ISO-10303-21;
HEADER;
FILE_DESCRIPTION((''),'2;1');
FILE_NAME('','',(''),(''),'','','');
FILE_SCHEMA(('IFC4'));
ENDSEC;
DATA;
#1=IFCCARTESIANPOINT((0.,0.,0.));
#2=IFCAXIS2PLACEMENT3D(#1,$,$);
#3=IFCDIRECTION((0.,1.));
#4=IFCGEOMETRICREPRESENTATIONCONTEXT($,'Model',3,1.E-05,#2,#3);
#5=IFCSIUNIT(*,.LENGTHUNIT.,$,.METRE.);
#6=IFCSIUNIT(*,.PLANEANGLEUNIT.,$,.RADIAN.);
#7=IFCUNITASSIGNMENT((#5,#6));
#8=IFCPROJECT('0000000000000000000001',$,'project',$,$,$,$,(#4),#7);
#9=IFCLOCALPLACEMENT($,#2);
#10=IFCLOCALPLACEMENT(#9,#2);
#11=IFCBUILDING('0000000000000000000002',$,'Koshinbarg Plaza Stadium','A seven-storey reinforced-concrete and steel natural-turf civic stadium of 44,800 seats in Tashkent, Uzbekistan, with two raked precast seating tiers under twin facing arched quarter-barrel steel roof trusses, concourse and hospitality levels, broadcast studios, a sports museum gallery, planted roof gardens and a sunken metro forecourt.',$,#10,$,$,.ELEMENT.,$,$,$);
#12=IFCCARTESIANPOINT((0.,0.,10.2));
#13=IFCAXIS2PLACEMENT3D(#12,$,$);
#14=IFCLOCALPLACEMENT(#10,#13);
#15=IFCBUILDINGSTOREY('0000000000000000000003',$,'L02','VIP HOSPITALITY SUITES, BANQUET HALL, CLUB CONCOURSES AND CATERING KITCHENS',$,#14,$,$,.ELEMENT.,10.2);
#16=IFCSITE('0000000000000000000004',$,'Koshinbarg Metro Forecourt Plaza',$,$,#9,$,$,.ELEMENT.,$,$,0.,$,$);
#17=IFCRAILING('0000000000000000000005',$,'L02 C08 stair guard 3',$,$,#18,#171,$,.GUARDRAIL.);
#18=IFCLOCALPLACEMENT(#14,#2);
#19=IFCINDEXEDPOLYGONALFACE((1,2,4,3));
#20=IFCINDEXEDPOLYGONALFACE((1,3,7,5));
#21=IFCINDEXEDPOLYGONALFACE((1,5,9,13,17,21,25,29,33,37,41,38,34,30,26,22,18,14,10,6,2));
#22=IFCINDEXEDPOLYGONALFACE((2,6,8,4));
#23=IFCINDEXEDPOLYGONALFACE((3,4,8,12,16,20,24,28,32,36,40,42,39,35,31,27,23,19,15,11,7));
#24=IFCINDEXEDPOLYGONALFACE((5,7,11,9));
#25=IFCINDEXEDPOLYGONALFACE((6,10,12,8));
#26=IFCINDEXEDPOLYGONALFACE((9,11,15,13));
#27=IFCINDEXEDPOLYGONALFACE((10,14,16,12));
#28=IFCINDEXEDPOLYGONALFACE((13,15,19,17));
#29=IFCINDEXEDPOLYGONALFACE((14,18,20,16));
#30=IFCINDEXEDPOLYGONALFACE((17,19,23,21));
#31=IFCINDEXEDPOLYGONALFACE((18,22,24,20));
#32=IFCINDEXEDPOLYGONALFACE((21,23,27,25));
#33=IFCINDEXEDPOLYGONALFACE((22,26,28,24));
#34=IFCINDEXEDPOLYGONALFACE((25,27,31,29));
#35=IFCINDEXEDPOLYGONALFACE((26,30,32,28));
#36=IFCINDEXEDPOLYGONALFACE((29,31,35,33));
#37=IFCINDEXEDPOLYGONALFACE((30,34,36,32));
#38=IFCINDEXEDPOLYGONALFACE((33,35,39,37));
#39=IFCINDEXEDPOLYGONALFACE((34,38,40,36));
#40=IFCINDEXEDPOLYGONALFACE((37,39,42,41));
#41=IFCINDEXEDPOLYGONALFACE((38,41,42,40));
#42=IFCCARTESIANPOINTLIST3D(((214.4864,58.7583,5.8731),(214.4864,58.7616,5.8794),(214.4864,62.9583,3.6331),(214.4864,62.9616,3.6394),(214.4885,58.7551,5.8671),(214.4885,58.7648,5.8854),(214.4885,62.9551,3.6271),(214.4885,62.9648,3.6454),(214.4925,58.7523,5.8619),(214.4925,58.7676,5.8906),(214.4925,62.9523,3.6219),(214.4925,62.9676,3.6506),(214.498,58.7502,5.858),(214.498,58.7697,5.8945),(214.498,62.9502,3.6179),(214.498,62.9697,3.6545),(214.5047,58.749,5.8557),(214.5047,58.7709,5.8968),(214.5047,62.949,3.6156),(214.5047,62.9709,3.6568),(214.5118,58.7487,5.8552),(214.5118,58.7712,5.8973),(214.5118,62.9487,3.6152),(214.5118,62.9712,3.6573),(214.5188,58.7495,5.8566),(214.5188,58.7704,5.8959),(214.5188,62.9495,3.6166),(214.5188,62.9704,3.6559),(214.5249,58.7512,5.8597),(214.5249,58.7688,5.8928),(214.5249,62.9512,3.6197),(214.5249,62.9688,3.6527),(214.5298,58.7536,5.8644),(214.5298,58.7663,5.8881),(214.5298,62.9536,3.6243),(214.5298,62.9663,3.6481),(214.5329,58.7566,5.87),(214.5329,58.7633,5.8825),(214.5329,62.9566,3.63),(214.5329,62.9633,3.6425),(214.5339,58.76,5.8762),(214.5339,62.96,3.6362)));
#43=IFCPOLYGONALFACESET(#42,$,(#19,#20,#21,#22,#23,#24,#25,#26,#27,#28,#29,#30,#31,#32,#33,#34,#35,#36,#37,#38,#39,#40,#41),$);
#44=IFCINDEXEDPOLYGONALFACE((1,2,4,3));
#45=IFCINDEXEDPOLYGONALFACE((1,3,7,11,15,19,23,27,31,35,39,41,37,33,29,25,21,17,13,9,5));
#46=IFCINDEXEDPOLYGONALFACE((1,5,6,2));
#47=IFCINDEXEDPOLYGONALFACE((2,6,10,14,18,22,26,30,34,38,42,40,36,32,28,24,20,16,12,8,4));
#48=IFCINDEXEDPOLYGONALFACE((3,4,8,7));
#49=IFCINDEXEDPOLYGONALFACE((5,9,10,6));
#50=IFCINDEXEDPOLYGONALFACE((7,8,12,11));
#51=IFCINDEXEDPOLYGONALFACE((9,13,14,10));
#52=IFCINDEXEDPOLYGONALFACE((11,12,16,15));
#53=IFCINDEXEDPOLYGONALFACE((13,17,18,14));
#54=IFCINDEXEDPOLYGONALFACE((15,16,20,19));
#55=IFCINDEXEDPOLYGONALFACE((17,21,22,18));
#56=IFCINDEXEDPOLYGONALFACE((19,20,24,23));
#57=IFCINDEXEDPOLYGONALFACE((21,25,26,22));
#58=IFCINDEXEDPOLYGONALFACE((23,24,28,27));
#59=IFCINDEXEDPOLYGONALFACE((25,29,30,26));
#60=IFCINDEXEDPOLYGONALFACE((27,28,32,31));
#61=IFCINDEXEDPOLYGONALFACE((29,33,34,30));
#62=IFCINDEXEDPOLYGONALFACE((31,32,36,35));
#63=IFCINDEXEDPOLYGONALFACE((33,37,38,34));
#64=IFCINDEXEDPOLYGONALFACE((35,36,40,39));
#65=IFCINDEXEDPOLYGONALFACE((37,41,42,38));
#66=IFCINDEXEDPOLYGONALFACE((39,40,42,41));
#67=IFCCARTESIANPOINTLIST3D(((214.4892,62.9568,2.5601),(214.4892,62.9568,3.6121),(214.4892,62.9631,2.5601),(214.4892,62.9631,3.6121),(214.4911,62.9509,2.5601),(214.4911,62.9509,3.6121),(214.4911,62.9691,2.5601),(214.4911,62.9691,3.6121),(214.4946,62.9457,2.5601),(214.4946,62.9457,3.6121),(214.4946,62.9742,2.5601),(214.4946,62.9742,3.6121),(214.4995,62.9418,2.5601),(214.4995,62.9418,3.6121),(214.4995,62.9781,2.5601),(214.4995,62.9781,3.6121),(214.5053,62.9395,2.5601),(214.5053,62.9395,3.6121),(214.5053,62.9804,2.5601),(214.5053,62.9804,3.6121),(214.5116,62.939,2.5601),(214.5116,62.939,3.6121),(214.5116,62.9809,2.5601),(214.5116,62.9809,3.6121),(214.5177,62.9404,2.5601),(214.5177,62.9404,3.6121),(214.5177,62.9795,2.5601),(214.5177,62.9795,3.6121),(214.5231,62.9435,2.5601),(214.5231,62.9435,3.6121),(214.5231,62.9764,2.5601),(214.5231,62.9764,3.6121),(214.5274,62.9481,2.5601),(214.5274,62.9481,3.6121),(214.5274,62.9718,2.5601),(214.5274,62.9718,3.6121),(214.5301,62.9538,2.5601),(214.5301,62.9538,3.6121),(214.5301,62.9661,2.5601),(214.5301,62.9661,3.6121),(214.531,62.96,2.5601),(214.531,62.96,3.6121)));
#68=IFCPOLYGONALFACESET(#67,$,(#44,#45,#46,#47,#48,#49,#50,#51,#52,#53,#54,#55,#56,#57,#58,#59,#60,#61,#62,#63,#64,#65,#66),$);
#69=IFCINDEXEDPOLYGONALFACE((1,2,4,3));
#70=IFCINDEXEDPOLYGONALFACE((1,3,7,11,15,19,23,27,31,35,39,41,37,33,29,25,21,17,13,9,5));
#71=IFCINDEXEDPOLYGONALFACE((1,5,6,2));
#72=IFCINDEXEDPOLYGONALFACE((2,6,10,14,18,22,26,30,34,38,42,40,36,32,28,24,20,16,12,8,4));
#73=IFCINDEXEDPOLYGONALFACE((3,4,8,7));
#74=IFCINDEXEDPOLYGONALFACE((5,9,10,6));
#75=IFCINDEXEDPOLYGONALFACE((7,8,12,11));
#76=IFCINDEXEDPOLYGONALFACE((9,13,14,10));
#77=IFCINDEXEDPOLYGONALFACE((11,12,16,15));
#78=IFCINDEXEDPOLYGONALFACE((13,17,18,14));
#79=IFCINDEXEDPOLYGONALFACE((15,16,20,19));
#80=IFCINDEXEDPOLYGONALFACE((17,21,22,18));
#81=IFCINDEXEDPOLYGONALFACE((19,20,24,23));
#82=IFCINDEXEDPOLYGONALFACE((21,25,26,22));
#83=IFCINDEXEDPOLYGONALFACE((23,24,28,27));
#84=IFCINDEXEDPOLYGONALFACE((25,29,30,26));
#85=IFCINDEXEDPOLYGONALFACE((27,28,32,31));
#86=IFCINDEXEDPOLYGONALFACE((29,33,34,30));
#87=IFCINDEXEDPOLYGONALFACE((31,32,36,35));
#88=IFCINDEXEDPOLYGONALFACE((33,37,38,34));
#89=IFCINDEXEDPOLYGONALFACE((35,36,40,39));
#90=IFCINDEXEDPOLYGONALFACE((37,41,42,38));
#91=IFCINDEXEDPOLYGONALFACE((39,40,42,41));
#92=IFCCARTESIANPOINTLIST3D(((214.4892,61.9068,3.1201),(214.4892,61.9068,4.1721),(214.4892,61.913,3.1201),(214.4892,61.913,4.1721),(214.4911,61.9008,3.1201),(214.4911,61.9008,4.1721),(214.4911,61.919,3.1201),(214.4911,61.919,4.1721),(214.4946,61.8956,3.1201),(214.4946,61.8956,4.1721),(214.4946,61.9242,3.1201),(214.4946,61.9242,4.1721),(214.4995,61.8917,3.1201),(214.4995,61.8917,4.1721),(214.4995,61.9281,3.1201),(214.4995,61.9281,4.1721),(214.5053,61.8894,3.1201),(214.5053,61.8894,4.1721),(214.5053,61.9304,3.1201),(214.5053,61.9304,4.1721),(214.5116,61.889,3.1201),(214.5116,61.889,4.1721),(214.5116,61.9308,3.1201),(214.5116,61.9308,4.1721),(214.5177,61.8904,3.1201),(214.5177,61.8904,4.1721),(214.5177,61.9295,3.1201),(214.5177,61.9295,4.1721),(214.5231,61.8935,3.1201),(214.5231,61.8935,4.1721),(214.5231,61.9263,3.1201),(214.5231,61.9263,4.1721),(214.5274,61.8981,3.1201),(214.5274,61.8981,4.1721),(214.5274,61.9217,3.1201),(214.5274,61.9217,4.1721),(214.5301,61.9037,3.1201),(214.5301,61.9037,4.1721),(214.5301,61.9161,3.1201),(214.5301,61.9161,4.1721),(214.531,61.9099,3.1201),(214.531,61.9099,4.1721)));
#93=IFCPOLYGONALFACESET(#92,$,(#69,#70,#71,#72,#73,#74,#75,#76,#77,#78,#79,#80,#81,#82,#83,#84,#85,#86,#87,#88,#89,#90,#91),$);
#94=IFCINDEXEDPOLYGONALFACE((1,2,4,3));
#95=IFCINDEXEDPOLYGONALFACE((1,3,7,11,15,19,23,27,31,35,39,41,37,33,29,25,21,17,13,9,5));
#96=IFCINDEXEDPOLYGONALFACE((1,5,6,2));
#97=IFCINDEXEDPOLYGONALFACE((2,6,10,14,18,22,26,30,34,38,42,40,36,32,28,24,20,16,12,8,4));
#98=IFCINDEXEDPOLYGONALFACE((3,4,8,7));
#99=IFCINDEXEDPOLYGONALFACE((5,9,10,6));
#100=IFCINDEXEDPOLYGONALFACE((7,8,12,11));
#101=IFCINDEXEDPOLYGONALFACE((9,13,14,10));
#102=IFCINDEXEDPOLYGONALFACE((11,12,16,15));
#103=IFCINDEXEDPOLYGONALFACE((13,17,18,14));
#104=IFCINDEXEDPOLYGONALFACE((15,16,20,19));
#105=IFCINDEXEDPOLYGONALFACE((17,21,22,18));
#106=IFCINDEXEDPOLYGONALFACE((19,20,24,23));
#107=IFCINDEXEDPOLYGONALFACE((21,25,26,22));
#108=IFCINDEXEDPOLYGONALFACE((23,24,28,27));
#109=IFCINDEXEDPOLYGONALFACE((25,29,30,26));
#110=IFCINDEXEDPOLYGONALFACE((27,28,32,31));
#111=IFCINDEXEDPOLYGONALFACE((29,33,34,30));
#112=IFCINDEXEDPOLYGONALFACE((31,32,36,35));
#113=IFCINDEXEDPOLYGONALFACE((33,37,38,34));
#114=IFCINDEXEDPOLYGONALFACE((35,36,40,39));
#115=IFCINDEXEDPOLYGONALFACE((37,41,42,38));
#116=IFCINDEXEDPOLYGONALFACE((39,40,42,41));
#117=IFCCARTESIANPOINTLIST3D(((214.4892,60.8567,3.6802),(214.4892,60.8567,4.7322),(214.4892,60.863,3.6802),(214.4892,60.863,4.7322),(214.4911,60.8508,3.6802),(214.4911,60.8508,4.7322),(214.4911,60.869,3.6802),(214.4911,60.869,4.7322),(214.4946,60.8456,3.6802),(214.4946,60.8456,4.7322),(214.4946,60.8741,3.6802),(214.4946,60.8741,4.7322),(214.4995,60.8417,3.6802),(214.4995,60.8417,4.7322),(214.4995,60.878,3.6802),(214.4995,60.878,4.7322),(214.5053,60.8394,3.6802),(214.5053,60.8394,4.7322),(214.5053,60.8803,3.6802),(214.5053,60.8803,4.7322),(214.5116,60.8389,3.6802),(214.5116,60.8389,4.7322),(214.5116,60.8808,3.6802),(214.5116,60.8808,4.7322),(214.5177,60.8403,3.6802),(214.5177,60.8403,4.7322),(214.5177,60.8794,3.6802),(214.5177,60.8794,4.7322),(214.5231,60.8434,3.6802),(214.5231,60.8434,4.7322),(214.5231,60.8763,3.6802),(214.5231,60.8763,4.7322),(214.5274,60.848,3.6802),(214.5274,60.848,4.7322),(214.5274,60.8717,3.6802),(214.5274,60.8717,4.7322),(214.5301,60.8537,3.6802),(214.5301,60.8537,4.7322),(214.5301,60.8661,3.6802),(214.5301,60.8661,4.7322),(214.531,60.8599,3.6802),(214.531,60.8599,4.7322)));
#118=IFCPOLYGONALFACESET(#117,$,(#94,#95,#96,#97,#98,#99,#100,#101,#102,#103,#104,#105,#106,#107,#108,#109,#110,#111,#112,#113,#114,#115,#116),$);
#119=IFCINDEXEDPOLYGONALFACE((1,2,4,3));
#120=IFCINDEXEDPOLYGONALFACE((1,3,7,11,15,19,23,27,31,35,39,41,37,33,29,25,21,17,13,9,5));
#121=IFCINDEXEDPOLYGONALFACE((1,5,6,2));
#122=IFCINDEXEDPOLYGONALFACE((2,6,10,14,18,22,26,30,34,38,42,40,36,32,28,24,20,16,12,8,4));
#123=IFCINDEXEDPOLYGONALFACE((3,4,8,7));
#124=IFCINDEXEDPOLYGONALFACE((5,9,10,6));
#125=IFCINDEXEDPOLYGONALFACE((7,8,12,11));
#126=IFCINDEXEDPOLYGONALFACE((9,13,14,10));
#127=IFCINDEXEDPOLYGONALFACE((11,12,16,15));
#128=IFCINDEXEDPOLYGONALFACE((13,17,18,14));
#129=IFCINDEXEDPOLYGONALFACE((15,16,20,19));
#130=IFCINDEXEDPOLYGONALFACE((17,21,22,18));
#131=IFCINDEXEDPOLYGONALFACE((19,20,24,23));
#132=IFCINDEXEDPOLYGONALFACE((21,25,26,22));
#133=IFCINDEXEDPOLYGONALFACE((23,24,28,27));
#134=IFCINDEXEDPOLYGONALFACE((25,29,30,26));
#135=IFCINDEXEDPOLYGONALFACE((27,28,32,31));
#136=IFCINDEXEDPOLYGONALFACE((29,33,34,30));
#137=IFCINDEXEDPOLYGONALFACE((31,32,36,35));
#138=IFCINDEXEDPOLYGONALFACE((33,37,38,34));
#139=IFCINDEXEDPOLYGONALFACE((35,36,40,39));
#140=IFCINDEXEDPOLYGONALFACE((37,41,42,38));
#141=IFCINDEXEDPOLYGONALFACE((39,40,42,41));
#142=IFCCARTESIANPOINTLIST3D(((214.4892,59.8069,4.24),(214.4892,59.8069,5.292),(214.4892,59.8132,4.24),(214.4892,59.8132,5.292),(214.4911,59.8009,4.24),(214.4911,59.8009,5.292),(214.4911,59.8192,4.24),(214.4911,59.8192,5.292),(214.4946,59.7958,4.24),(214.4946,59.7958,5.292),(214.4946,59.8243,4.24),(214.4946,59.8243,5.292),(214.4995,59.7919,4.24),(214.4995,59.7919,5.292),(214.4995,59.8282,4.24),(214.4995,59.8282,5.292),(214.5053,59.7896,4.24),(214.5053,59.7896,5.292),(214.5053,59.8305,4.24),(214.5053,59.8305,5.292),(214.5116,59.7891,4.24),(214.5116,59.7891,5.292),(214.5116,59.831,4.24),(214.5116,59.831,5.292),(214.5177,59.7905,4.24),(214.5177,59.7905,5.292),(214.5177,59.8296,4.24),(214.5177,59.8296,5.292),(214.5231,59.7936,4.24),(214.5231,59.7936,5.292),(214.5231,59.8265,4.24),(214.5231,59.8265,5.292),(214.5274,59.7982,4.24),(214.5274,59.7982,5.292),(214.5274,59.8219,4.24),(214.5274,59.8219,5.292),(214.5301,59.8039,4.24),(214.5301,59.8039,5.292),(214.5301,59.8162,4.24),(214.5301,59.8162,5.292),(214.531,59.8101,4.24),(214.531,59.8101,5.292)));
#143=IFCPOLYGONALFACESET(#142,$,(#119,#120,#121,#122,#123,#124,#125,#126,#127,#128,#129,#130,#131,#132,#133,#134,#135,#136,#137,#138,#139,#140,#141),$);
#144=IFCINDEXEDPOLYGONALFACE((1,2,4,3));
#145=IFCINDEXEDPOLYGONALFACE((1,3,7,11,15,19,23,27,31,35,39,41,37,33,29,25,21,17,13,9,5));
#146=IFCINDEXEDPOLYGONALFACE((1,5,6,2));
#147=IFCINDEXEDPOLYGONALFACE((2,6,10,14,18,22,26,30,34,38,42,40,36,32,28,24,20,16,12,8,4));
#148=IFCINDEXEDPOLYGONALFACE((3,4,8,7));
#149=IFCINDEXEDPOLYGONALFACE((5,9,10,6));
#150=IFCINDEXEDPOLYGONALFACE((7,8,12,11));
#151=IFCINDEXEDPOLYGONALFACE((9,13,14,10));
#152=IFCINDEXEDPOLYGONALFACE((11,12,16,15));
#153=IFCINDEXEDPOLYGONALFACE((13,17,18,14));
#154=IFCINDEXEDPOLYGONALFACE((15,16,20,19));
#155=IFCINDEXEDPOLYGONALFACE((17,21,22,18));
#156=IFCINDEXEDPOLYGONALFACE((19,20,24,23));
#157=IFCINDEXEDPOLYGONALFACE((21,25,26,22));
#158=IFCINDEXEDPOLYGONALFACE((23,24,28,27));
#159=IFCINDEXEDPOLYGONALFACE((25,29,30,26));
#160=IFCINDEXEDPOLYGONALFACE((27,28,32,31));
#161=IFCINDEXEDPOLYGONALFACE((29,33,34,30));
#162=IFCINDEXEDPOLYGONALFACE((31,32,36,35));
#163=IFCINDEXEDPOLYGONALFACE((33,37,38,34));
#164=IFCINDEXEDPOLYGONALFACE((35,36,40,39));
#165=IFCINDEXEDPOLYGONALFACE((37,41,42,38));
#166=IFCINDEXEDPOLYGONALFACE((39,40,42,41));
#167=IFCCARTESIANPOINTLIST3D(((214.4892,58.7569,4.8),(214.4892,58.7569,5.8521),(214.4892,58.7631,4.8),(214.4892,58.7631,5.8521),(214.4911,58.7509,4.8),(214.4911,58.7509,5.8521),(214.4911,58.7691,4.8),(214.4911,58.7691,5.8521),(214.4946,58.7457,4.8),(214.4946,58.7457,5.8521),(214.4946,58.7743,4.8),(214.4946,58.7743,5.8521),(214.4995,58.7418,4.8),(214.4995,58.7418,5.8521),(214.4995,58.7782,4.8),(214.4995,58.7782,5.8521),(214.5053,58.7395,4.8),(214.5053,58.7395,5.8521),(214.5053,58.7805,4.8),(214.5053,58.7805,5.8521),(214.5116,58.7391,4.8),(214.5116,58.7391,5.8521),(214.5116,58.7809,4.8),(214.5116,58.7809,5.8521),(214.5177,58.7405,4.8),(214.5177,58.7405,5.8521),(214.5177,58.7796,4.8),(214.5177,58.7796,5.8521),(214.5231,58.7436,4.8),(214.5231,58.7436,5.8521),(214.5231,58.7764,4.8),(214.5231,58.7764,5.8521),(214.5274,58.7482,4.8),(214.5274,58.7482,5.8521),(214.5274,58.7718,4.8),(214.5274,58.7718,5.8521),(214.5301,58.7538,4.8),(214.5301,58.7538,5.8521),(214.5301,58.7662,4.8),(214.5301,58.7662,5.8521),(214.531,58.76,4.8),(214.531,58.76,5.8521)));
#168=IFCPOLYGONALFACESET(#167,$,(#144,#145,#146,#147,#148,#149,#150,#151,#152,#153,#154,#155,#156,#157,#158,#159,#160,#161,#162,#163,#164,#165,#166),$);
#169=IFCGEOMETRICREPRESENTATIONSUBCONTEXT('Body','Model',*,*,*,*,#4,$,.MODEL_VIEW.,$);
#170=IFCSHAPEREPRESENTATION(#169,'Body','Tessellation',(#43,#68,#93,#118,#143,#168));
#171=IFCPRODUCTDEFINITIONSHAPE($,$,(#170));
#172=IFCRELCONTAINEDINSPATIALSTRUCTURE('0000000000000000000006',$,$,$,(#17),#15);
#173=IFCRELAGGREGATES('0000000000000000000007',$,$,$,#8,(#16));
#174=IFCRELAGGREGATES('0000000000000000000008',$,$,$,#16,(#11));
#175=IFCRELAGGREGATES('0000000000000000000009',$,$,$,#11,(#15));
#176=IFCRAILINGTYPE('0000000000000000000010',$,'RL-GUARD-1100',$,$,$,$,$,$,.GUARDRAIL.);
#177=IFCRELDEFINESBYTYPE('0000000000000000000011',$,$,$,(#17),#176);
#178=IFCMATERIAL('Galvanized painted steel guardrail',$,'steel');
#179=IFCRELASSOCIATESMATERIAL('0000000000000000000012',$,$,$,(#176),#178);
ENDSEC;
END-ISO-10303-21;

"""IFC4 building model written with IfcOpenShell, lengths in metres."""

from ifc_helpers import new_model, si_unit, direction, frame, origin, origin_2d, place, context, subcontext, project, spatial, circle, extrude, material, type_object, element, save


model = new_model("IFC4")

# Units and contexts
model_context = context("Model", 3, precision=1e-05, world=origin(), true_north=direction((0.0, 1.0)))
body_context = subcontext(model_context, "Body", "Model", "MODEL_VIEW")
ifc_project = project(units=[si_unit("LENGTHUNIT", "METRE"), si_unit("PLANEANGLEUNIT", "RADIAN")], contexts=[model_context])

# Site, building, storey
site_placement = place(None, origin())
site = spatial("IfcSite", under=ifc_project, at=site_placement, Name="Koshinbarg Metro Forecourt Plaza", CompositionType="ELEMENT", RefElevation=0.0)
building_placement = place(site_placement, origin())
building = spatial("IfcBuilding", under=site, at=building_placement, Name="Koshinbarg Plaza Stadium", Description="A seven-storey reinforced-concrete and steel natural-turf civic stadium of 44,800 seats in Tashkent, Uzbekistan, with two raked precast seating tiers under twin facing arched quarter-barrel steel roof trusses, concourse and hospitality levels, broadcast studios, a sports museum gallery, planted roof gardens and a sunken metro forecourt.", CompositionType="ELEMENT")
storey_placement = place(building_placement, frame((0.0, 0.0, 10.2)))
storey = spatial("IfcBuildingStorey", under=building, at=storey_placement, Name="L02", Description="VIP HOSPITALITY SUITES, BANQUET HALL, CLUB CONCOURSES AND CATERING KITCHENS", CompositionType="ELEMENT", Elevation=10.2)

# Railing
ifc_material_1 = material(Name="Galvanized painted steel guardrail", Category="steel")
railing_type_1 = type_object("IfcRailingType", Name="RL-GUARD-1100", PredefinedType="GUARDRAIL", material=ifc_material_1)
railing_1_placement = place(storey_placement, frame((214.51, 62.96, 2.5601)))
element("IfcRailing", 1, at=railing_1_placement, inside=storey, type_object=railing_type_1, Name="L02 C08 stair guard 3", PredefinedType="GUARDRAIL", context=body_context, shape_type="SweptSolid", body=[
    extrude(circle(Radius=0.0239, at=origin_2d()), frame((0.0, 0.0, 1.0762), z_axis=(0.0, -0.882352, 0.470591), x_axis=(1.0, 0.0, 0.0)), (0.0, 0.0, 1.0), 4.76),
    extrude(circle(Radius=0.021, at=origin_2d()), origin(), (0.0, 0.0, 1.0), 1.052),
    extrude(circle(Radius=0.021, at=origin_2d()), frame((0.0, -1.05, 0.5601)), (0.0, 0.0, 1.0), 1.052),
    extrude(circle(Radius=0.021, at=origin_2d()), frame((0.0, -2.1001, 1.1201)), (0.0, 0.0, 1.0), 1.052),
    extrude(circle(Radius=0.021, at=origin_2d()), frame((0.0, -3.1499, 1.6799)), (0.0, 0.0, 1.0), 1.052),
    extrude(circle(Radius=0.021, at=origin_2d()), frame((0.0, -4.2, 2.24)), (0.0, 0.0, 1.0), 1.052),
])

save(model, "model.ifc")
